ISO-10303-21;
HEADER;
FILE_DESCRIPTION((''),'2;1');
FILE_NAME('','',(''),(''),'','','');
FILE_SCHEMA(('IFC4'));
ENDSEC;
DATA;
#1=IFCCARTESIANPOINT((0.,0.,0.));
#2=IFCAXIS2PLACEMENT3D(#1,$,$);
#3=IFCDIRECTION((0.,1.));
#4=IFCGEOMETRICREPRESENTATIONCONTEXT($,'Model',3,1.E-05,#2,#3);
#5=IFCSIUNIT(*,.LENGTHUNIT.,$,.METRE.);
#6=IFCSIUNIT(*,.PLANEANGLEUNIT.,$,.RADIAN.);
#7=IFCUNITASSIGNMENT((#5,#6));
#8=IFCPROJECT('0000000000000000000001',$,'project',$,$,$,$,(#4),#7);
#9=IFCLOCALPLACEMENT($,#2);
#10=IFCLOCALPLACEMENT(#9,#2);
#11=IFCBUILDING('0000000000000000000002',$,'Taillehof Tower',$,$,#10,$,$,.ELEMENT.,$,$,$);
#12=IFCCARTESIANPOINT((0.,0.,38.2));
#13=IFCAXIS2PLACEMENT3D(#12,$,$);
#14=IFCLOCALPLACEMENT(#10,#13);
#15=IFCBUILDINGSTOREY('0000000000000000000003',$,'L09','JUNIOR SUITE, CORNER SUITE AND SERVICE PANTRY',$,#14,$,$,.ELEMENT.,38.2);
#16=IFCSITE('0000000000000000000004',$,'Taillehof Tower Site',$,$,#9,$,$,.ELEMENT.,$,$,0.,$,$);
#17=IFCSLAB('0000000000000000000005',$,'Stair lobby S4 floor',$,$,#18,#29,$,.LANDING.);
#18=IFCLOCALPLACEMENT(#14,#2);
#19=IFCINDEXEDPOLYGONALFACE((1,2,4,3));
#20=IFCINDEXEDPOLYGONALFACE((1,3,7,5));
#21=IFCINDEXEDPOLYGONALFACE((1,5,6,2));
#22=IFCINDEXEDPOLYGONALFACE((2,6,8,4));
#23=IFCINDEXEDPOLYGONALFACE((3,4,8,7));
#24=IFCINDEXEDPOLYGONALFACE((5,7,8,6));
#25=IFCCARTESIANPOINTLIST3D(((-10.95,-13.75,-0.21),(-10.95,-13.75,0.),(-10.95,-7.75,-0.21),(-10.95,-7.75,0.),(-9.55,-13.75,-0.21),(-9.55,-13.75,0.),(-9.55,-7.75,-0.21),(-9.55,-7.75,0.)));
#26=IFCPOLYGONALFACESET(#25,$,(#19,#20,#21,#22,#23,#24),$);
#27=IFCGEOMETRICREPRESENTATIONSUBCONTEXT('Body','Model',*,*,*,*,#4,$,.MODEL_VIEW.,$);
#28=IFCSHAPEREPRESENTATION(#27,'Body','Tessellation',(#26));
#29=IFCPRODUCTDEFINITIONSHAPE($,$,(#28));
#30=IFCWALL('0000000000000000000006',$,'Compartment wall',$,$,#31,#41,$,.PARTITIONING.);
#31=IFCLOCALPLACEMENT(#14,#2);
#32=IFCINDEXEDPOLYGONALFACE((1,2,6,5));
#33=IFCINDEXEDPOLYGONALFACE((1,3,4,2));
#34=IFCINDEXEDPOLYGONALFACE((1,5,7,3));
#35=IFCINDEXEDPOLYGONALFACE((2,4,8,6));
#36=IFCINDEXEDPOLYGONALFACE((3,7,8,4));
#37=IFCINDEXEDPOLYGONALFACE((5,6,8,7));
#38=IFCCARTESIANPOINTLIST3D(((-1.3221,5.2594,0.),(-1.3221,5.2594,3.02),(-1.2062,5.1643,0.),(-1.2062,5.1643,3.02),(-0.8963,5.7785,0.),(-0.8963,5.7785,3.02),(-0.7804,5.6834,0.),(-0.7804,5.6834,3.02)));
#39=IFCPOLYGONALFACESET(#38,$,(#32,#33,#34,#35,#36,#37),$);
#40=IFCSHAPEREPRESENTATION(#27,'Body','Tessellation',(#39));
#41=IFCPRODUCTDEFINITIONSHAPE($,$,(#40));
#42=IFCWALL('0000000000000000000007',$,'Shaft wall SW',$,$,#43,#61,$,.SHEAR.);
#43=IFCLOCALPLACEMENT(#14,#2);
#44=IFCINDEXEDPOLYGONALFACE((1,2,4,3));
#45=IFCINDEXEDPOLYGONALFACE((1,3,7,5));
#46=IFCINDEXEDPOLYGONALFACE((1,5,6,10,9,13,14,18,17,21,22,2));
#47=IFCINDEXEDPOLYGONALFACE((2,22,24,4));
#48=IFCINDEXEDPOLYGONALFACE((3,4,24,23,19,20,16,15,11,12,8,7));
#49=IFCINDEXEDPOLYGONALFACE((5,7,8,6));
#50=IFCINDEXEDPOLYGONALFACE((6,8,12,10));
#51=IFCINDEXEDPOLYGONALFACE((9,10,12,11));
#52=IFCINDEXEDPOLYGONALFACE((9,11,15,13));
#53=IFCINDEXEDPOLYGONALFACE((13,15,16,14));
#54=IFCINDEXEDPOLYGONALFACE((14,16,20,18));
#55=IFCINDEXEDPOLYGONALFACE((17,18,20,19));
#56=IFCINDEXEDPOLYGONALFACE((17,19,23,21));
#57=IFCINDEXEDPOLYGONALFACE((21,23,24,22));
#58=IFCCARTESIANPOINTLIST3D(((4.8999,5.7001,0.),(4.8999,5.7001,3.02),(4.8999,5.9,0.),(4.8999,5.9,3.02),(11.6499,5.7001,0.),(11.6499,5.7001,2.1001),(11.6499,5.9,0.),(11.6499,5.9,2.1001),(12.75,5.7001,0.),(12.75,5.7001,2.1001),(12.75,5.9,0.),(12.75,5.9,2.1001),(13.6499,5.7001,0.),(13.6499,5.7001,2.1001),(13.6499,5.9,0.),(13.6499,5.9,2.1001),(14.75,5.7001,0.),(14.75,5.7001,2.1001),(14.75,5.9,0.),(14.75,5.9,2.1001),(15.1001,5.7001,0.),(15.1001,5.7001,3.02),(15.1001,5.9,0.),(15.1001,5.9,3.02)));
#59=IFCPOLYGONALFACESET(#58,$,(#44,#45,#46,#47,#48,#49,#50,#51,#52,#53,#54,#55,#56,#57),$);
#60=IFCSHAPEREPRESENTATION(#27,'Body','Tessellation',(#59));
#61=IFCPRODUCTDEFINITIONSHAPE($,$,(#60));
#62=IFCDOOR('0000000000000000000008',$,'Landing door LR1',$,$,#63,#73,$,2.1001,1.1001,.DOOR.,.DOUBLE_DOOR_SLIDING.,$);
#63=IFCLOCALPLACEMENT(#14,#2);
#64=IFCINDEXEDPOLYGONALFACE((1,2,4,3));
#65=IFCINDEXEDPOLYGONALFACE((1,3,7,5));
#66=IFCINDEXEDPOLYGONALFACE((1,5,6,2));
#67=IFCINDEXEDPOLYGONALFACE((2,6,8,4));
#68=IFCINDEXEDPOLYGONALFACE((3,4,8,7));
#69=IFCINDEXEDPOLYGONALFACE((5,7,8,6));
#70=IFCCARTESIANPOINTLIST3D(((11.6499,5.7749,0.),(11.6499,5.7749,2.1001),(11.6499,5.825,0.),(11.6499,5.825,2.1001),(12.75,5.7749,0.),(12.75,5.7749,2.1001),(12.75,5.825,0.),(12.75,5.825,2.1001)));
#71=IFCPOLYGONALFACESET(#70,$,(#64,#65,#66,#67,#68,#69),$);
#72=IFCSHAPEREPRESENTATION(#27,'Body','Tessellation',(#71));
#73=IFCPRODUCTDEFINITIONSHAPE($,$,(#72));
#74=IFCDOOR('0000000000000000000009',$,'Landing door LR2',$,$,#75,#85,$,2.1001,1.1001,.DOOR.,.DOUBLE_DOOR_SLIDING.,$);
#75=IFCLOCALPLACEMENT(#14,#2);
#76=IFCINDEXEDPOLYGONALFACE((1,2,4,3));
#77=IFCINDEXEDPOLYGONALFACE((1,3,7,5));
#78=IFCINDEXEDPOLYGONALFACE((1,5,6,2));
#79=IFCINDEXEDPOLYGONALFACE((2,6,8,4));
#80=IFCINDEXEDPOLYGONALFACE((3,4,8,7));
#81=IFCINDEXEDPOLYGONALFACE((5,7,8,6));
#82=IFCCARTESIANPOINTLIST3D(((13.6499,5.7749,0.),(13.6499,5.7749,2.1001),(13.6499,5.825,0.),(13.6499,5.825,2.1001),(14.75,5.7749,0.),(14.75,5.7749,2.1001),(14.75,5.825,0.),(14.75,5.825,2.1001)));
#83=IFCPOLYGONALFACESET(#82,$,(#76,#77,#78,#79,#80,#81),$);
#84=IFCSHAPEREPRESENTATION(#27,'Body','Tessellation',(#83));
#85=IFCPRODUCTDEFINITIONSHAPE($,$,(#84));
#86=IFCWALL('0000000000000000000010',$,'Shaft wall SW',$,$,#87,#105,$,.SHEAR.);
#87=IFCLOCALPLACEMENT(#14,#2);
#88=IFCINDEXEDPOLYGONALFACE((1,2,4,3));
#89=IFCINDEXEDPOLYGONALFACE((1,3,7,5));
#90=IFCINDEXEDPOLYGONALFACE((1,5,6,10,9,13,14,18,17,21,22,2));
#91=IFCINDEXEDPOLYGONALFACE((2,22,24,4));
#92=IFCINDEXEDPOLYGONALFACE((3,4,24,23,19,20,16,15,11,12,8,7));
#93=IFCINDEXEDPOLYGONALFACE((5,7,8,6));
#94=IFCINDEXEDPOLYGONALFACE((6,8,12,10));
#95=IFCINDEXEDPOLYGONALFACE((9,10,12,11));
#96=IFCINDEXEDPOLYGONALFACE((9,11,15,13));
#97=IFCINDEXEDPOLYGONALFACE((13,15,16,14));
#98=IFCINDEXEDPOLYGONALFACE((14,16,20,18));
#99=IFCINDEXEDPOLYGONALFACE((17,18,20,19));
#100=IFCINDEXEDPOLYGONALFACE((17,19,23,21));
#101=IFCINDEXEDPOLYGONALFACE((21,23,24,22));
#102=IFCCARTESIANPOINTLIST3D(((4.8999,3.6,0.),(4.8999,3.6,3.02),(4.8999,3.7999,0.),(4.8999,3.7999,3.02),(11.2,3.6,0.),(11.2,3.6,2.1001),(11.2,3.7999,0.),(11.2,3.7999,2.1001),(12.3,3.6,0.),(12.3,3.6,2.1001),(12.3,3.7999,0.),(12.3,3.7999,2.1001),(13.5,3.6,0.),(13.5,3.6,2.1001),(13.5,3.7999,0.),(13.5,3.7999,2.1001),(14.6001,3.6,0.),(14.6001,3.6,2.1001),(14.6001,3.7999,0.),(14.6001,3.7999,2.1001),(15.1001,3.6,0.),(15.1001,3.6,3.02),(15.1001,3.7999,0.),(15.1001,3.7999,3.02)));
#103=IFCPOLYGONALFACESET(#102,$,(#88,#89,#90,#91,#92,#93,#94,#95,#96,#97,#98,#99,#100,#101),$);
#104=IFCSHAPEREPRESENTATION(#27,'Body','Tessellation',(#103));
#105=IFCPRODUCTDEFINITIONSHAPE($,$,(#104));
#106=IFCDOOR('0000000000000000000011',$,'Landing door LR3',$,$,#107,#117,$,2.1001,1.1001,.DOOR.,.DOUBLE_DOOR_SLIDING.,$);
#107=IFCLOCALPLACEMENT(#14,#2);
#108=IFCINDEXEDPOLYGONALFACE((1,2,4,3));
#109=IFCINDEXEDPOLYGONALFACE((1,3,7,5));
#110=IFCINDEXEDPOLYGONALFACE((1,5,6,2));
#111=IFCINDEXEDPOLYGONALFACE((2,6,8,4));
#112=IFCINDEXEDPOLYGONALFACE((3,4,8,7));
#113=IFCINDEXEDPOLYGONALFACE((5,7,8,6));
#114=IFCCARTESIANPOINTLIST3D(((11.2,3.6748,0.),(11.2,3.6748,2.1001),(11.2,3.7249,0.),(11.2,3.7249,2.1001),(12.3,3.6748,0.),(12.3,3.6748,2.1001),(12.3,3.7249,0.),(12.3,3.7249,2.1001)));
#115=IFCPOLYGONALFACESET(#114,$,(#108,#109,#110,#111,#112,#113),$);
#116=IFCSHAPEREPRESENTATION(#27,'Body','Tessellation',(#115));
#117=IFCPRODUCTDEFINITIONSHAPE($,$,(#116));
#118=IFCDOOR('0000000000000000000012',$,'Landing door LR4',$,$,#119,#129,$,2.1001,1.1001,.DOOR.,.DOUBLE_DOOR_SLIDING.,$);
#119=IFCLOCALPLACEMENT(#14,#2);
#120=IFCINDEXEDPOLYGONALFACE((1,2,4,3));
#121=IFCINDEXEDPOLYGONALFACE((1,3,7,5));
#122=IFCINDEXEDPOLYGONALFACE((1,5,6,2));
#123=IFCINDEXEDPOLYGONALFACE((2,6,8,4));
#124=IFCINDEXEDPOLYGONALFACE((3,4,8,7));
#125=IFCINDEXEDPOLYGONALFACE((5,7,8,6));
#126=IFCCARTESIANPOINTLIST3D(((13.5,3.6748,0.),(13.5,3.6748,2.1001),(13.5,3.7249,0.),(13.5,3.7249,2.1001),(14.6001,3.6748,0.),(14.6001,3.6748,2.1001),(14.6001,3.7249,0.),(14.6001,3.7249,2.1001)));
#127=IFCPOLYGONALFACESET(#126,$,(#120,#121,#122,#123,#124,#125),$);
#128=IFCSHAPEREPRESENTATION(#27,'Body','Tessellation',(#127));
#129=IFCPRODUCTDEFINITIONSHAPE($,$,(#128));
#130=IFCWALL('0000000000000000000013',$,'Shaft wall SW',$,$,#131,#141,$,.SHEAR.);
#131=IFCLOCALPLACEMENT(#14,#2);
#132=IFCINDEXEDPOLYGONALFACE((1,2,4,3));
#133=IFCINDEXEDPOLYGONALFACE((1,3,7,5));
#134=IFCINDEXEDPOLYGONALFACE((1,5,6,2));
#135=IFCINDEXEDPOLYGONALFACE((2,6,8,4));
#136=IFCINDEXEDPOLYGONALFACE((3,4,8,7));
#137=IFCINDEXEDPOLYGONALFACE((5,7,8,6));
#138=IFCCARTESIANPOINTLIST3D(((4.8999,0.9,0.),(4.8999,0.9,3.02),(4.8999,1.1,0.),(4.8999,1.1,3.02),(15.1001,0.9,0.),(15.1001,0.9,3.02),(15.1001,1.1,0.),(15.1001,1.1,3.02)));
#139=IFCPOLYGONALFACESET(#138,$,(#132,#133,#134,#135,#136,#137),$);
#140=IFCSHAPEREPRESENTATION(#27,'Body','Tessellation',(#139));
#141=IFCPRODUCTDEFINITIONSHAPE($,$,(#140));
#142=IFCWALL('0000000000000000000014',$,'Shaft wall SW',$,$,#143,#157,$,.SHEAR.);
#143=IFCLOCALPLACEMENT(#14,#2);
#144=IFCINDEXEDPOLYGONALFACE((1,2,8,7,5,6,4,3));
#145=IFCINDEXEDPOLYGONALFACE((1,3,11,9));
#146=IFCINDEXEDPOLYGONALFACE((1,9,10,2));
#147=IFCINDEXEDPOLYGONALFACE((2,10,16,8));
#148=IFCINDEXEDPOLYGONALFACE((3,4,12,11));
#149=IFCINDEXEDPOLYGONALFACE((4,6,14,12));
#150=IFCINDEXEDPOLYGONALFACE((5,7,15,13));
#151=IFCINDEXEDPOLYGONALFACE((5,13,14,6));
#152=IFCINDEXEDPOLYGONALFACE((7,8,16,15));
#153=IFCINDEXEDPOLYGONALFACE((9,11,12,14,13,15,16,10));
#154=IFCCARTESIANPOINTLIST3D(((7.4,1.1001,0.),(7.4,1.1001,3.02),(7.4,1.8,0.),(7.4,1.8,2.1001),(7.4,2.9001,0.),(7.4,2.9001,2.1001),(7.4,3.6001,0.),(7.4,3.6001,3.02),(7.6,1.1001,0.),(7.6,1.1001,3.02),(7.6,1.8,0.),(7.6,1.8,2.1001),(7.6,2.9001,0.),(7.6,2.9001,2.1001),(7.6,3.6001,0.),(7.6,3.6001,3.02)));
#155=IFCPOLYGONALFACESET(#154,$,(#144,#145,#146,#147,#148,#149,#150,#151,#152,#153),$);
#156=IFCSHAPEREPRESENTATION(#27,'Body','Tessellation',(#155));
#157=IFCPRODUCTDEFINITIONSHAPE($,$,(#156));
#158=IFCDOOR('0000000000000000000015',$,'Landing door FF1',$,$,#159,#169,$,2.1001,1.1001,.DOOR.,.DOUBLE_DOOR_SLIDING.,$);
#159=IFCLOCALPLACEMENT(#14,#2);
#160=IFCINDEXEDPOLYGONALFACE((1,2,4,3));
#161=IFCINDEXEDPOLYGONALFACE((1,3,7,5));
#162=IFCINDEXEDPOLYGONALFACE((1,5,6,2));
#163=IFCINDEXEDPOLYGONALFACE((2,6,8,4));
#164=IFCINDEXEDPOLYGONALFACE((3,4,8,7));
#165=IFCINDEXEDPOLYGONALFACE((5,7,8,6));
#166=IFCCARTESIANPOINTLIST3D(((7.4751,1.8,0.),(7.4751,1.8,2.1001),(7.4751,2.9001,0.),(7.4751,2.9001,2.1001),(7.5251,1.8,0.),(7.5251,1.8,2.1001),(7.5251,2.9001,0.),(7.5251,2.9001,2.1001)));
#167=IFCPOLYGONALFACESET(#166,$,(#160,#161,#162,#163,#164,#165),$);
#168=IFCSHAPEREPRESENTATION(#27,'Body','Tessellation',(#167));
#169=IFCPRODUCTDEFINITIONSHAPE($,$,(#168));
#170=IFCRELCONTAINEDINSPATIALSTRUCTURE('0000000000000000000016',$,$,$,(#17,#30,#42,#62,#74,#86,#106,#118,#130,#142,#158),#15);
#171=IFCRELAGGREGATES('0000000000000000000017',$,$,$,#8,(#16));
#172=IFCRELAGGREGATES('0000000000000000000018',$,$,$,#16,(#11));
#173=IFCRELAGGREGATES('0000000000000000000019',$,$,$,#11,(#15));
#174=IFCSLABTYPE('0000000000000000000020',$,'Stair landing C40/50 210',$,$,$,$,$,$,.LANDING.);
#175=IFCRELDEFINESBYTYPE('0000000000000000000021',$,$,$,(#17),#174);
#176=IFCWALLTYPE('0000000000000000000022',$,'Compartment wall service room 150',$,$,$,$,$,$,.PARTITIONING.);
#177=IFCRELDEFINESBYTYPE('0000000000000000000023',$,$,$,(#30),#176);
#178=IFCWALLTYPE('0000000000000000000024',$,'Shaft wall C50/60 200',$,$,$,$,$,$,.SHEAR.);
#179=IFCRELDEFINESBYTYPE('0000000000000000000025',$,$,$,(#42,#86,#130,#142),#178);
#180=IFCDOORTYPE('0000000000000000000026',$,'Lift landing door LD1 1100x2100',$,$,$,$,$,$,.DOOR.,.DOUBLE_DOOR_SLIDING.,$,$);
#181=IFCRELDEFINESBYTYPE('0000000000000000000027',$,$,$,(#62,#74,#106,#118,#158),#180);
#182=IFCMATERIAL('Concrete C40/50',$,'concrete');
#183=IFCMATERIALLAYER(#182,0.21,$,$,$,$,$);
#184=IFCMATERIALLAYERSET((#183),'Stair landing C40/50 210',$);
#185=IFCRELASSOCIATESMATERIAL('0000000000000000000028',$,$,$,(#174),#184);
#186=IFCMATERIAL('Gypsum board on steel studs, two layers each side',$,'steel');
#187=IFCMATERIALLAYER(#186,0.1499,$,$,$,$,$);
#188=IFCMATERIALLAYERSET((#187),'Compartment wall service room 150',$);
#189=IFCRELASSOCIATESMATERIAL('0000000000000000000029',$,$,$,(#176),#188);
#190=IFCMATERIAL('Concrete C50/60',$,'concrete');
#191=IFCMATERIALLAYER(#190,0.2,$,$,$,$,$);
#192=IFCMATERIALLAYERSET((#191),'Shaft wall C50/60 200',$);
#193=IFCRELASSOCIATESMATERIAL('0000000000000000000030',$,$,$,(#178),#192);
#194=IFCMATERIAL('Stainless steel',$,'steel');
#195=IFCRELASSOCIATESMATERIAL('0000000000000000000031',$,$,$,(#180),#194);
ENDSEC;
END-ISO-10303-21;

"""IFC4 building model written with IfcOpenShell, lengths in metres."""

from ifc_helpers import new_model, si_unit, direction, frame, frame_2d, origin, place, context, subcontext, project, spatial, polyline, rectangle, outline, extrude, material, layer, layer_set, type_object, element, fill, save


model = new_model("IFC4")

# Units and contexts
model_context = context("Model", 3, precision=1e-05, world=origin(), true_north=direction((0.0, 1.0)))
body_context = subcontext(model_context, "Body", "Model", "MODEL_VIEW")
ifc_project = project(units=[si_unit("LENGTHUNIT", "METRE"), si_unit("PLANEANGLEUNIT", "RADIAN")], contexts=[model_context])

# Site, building, storey
site_placement = place(None, origin())
site = spatial("IfcSite", under=ifc_project, at=site_placement, Name="Taillehof Tower Site", CompositionType="ELEMENT", RefElevation=0.0)
building_placement = place(site_placement, origin())
building = spatial("IfcBuilding", under=site, at=building_placement, Name="Taillehof Tower", CompositionType="ELEMENT")
storey_placement = place(building_placement, frame((0.0, 0.0, 38.2)))
storey = spatial("IfcBuildingStorey", under=building, at=storey_placement, Name="L09", Description="JUNIOR SUITE, CORNER SUITE AND SERVICE PANTRY", CompositionType="ELEMENT", Elevation=38.2)

# Shared definitions
ifc_material_1 = material(Name="Concrete C40/50", Category="concrete")
ifc_layer_1 = layer(ifc_material_1, 0.21)
ifc_layer_set_1 = layer_set([ifc_layer_1], Name="Stair landing C40/50 210")
slab_type_1 = type_object("IfcSlabType", Name="Stair landing C40/50 210", PredefinedType="LANDING", material=ifc_layer_set_1)

# Slab
slab_1_placement = place(storey_placement, frame((0.0, 0.0, -0.21)))
element("IfcSlab", 1, at=slab_1_placement, inside=storey, type_object=slab_type_1, Name="Stair lobby S4 floor", PredefinedType="LANDING", context=body_context, shape_type="SweptSolid", body=[
    extrude(outline(polyline([(-10.95, -13.75), (-9.55, -13.75), (-9.55, -7.75), (-10.95, -7.75), (-10.95, -13.75)])), origin(), (0.0, 0.0, 1.0), 0.21),
])

# Wall
ifc_material_2 = material(Name="Gypsum board on steel studs, two layers each side", Category="steel")
ifc_layer_2 = layer(ifc_material_2, 0.1499)
ifc_layer_set_2 = layer_set([ifc_layer_2], Name="Compartment wall service room 150")
wall_type_1 = type_object("IfcWallType", Name="Compartment wall service room 150", PredefinedType="PARTITIONING", material=ifc_layer_set_2)
wall_1_placement = place(storey_placement, frame((-0.8384, 5.731, 0.0), z_axis=(0.0, 0.0, 1.0), x_axis=(-0.634227, -0.773147, 0.0)))
element("IfcWall", 2, at=wall_1_placement, inside=storey, type_object=wall_type_1, Name="Compartment wall", PredefinedType="PARTITIONING", context=body_context, shape_type="SweptSolid", body=[
    extrude(rectangle(XDim=0.6714, YDim=0.1499, at=frame_2d((0.3357, 0.0))), origin(), (0.0, 0.0, 1.0), 3.02),
])

# Walls, openings, doors
ifc_material_3 = material(Name="Concrete C50/60", Category="concrete")
ifc_layer_3 = layer(ifc_material_3, 0.2)
ifc_layer_set_3 = layer_set([ifc_layer_3], Name="Shaft wall C50/60 200")
wall_type_2 = type_object("IfcWallType", Name="Shaft wall C50/60 200", PredefinedType="SHEAR", material=ifc_layer_set_3)
wall_2_placement = place(storey_placement, frame((4.8999, 5.8, 0.0), z_axis=(0.0, 0.0, 1.0), x_axis=(1.0, 0.0, 0.0)))
wall_2 = element("IfcWall", 3, at=wall_2_placement, inside=storey, type_object=wall_type_2, Name="Shaft wall SW", PredefinedType="SHEAR", context=body_context, shape_type="SweptSolid", body=[
    extrude(rectangle(XDim=10.2002, YDim=0.2, at=frame_2d((5.1001, 0.0))), origin(), (0.0, 0.0, 1.0), 3.02),
])
opening_1_placement = place(wall_2_placement, frame((6.75, 0.0, 0.0)))
opening_1 = element("IfcOpeningElement", 4, at=opening_1_placement, cuts=wall_2, PredefinedType="OPENING", context=body_context, shape_type="SweptSolid", body=[
    extrude(rectangle(XDim=1.1001, YDim=2.1001, at=frame_2d((0.55, 1.05))), frame((0.0, 0.1099, 0.0), z_axis=(0.0, -1.0, 0.0), x_axis=(1.0, 0.0, 0.0)), (0.0, 0.0, 1.0), 0.22),
])
opening_2_placement = place(wall_2_placement, frame((8.75, 0.0, 0.0)))
opening_2 = element("IfcOpeningElement", 5, at=opening_2_placement, cuts=wall_2, PredefinedType="OPENING", context=body_context, shape_type="SweptSolid", body=[
    extrude(rectangle(XDim=1.1001, YDim=2.1001, at=frame_2d((0.55, 1.05))), frame((0.0, 0.1099, 0.0), z_axis=(0.0, -1.0, 0.0), x_axis=(1.0, 0.0, 0.0)), (0.0, 0.0, 1.0), 0.22),
])
ifc_material_4 = material(Name="Stainless steel", Category="steel")
door_type_1 = type_object("IfcDoorType", Name="Lift landing door LD1 1100x2100", OperationType="DOUBLE_DOOR_SLIDING", PredefinedType="DOOR", material=ifc_material_4)
door_1_placement = place(opening_1_placement, origin())
door_1 = element("IfcDoor", 6, at=door_1_placement, inside=storey, type_object=door_type_1, Name="Landing door LR1", OperationType="DOUBLE_DOOR_SLIDING", OverallHeight=2.1001, OverallWidth=1.1001, PredefinedType="DOOR", context=body_context, shape_type="SweptSolid", body=[
    extrude(rectangle(XDim=1.1001, YDim=2.1001, at=frame_2d((0.55, 1.05))), frame((0.0, 0.0249, 0.0), z_axis=(0.0, -1.0, 0.0), x_axis=(1.0, 0.0, 0.0)), (0.0, 0.0, 1.0), 0.05),
])
fill(opening_1, door_1)
door_2_placement = place(opening_2_placement, origin())
door_2 = element("IfcDoor", 7, at=door_2_placement, inside=storey, type_object=door_type_1, Name="Landing door LR2", OperationType="DOUBLE_DOOR_SLIDING", OverallHeight=2.1001, OverallWidth=1.1001, PredefinedType="DOOR", context=body_context, shape_type="SweptSolid", body=[
    extrude(rectangle(XDim=1.1001, YDim=2.1001, at=frame_2d((0.55, 1.05))), frame((0.0, 0.0249, 0.0), z_axis=(0.0, -1.0, 0.0), x_axis=(1.0, 0.0, 0.0)), (0.0, 0.0, 1.0), 0.05),
])
fill(opening_2, door_2)
wall_3_placement = place(storey_placement, frame((4.8999, 3.7, 0.0), z_axis=(0.0, 0.0, 1.0), x_axis=(1.0, 0.0, 0.0)))
wall_3 = element("IfcWall", 8, at=wall_3_placement, inside=storey, type_object=wall_type_2, Name="Shaft wall SW", PredefinedType="SHEAR", context=body_context, shape_type="SweptSolid", body=[
    extrude(rectangle(XDim=10.2002, YDim=0.2, at=frame_2d((5.1001, 0.0))), origin(), (0.0, 0.0, 1.0), 3.02),
])
opening_3_placement = place(wall_3_placement, frame((6.3, 0.0, 0.0)))
opening_3 = element("IfcOpeningElement", 9, at=opening_3_placement, cuts=wall_3, PredefinedType="OPENING", context=body_context, shape_type="SweptSolid", body=[
    extrude(rectangle(XDim=1.1001, YDim=2.1001, at=frame_2d((0.55, 1.05))), frame((0.0, 0.1099, 0.0), z_axis=(0.0, -1.0, 0.0), x_axis=(1.0, 0.0, 0.0)), (0.0, 0.0, 1.0), 0.22),
])
opening_4_placement = place(wall_3_placement, frame((8.6001, 0.0, 0.0)))
opening_4 = element("IfcOpeningElement", 10, at=opening_4_placement, cuts=wall_3, PredefinedType="OPENING", context=body_context, shape_type="SweptSolid", body=[
    extrude(rectangle(XDim=1.1001, YDim=2.1001, at=frame_2d((0.55, 1.05))), frame((0.0, 0.1099, 0.0), z_axis=(0.0, -1.0, 0.0), x_axis=(1.0, 0.0, 0.0)), (0.0, 0.0, 1.0), 0.22),
])
door_3_placement = place(opening_3_placement, origin())
door_3 = element("IfcDoor", 11, at=door_3_placement, inside=storey, type_object=door_type_1, Name="Landing door LR3", OperationType="DOUBLE_DOOR_SLIDING", OverallHeight=2.1001, OverallWidth=1.1001, PredefinedType="DOOR", context=body_context, shape_type="SweptSolid", body=[
    extrude(rectangle(XDim=1.1001, YDim=2.1001, at=frame_2d((0.55, 1.05))), frame((0.0, 0.0249, 0.0), z_axis=(0.0, -1.0, 0.0), x_axis=(1.0, 0.0, 0.0)), (0.0, 0.0, 1.0), 0.05),
])
fill(opening_3, door_3)
door_4_placement = place(opening_4_placement, origin())
door_4 = element("IfcDoor", 12, at=door_4_placement, inside=storey, type_object=door_type_1, Name="Landing door LR4", OperationType="DOUBLE_DOOR_SLIDING", OverallHeight=2.1001, OverallWidth=1.1001, PredefinedType="DOOR", context=body_context, shape_type="SweptSolid", body=[
    extrude(rectangle(XDim=1.1001, YDim=2.1001, at=frame_2d((0.55, 1.05))), frame((0.0, 0.0249, 0.0), z_axis=(0.0, -1.0, 0.0), x_axis=(1.0, 0.0, 0.0)), (0.0, 0.0, 1.0), 0.05),
])
fill(opening_4, door_4)

# Wall
wall_4_placement = place(storey_placement, frame((4.8999, 1.0, 0.0), z_axis=(0.0, 0.0, 1.0), x_axis=(1.0, 0.0, 0.0)))
element("IfcWall", 13, at=wall_4_placement, inside=storey, type_object=wall_type_2, Name="Shaft wall SW", PredefinedType="SHEAR", context=body_context, shape_type="SweptSolid", body=[
    extrude(rectangle(XDim=10.2002, YDim=0.2, at=frame_2d((5.1001, 0.0))), origin(), (0.0, 0.0, 1.0), 3.02),
])

# Wall, opening, door
wall_5_placement = place(storey_placement, frame((7.5, 1.1001, 0.0), z_axis=(0.0, 0.0, 1.0), x_axis=(0.0, 1.0, 0.0)))
wall_5 = element("IfcWall", 14, at=wall_5_placement, inside=storey, type_object=wall_type_2, Name="Shaft wall SW", PredefinedType="SHEAR", context=body_context, shape_type="SweptSolid", body=[
    extrude(rectangle(XDim=2.5, YDim=0.2, at=frame_2d((1.25, 0.0))), origin(), (0.0, 0.0, 1.0), 3.02),
])
opening_5_placement = place(wall_5_placement, frame((0.7, 0.0, 0.0)))
opening_5 = element("IfcOpeningElement", 15, at=opening_5_placement, cuts=wall_5, PredefinedType="OPENING", context=body_context, shape_type="SweptSolid", body=[
    extrude(rectangle(XDim=1.1001, YDim=2.1001, at=frame_2d((0.55, 1.05))), frame((0.0, 0.1099, 0.0), z_axis=(0.0, -1.0, 0.0), x_axis=(1.0, 0.0, 0.0)), (0.0, 0.0, 1.0), 0.22),
])
door_5_placement = place(opening_5_placement, origin())
door_5 = element("IfcDoor", 16, at=door_5_placement, inside=storey, type_object=door_type_1, Name="Landing door FF1", OperationType="DOUBLE_DOOR_SLIDING", OverallHeight=2.1001, OverallWidth=1.1001, PredefinedType="DOOR", context=body_context, shape_type="SweptSolid", body=[
    extrude(rectangle(XDim=1.1001, YDim=2.1001, at=frame_2d((0.55, 1.05))), frame((0.0, 0.0249, 0.0), z_axis=(0.0, -1.0, 0.0), x_axis=(1.0, 0.0, 0.0)), (0.0, 0.0, 1.0), 0.05),
])
fill(opening_5, door_5)

save(model, "model.ifc")
